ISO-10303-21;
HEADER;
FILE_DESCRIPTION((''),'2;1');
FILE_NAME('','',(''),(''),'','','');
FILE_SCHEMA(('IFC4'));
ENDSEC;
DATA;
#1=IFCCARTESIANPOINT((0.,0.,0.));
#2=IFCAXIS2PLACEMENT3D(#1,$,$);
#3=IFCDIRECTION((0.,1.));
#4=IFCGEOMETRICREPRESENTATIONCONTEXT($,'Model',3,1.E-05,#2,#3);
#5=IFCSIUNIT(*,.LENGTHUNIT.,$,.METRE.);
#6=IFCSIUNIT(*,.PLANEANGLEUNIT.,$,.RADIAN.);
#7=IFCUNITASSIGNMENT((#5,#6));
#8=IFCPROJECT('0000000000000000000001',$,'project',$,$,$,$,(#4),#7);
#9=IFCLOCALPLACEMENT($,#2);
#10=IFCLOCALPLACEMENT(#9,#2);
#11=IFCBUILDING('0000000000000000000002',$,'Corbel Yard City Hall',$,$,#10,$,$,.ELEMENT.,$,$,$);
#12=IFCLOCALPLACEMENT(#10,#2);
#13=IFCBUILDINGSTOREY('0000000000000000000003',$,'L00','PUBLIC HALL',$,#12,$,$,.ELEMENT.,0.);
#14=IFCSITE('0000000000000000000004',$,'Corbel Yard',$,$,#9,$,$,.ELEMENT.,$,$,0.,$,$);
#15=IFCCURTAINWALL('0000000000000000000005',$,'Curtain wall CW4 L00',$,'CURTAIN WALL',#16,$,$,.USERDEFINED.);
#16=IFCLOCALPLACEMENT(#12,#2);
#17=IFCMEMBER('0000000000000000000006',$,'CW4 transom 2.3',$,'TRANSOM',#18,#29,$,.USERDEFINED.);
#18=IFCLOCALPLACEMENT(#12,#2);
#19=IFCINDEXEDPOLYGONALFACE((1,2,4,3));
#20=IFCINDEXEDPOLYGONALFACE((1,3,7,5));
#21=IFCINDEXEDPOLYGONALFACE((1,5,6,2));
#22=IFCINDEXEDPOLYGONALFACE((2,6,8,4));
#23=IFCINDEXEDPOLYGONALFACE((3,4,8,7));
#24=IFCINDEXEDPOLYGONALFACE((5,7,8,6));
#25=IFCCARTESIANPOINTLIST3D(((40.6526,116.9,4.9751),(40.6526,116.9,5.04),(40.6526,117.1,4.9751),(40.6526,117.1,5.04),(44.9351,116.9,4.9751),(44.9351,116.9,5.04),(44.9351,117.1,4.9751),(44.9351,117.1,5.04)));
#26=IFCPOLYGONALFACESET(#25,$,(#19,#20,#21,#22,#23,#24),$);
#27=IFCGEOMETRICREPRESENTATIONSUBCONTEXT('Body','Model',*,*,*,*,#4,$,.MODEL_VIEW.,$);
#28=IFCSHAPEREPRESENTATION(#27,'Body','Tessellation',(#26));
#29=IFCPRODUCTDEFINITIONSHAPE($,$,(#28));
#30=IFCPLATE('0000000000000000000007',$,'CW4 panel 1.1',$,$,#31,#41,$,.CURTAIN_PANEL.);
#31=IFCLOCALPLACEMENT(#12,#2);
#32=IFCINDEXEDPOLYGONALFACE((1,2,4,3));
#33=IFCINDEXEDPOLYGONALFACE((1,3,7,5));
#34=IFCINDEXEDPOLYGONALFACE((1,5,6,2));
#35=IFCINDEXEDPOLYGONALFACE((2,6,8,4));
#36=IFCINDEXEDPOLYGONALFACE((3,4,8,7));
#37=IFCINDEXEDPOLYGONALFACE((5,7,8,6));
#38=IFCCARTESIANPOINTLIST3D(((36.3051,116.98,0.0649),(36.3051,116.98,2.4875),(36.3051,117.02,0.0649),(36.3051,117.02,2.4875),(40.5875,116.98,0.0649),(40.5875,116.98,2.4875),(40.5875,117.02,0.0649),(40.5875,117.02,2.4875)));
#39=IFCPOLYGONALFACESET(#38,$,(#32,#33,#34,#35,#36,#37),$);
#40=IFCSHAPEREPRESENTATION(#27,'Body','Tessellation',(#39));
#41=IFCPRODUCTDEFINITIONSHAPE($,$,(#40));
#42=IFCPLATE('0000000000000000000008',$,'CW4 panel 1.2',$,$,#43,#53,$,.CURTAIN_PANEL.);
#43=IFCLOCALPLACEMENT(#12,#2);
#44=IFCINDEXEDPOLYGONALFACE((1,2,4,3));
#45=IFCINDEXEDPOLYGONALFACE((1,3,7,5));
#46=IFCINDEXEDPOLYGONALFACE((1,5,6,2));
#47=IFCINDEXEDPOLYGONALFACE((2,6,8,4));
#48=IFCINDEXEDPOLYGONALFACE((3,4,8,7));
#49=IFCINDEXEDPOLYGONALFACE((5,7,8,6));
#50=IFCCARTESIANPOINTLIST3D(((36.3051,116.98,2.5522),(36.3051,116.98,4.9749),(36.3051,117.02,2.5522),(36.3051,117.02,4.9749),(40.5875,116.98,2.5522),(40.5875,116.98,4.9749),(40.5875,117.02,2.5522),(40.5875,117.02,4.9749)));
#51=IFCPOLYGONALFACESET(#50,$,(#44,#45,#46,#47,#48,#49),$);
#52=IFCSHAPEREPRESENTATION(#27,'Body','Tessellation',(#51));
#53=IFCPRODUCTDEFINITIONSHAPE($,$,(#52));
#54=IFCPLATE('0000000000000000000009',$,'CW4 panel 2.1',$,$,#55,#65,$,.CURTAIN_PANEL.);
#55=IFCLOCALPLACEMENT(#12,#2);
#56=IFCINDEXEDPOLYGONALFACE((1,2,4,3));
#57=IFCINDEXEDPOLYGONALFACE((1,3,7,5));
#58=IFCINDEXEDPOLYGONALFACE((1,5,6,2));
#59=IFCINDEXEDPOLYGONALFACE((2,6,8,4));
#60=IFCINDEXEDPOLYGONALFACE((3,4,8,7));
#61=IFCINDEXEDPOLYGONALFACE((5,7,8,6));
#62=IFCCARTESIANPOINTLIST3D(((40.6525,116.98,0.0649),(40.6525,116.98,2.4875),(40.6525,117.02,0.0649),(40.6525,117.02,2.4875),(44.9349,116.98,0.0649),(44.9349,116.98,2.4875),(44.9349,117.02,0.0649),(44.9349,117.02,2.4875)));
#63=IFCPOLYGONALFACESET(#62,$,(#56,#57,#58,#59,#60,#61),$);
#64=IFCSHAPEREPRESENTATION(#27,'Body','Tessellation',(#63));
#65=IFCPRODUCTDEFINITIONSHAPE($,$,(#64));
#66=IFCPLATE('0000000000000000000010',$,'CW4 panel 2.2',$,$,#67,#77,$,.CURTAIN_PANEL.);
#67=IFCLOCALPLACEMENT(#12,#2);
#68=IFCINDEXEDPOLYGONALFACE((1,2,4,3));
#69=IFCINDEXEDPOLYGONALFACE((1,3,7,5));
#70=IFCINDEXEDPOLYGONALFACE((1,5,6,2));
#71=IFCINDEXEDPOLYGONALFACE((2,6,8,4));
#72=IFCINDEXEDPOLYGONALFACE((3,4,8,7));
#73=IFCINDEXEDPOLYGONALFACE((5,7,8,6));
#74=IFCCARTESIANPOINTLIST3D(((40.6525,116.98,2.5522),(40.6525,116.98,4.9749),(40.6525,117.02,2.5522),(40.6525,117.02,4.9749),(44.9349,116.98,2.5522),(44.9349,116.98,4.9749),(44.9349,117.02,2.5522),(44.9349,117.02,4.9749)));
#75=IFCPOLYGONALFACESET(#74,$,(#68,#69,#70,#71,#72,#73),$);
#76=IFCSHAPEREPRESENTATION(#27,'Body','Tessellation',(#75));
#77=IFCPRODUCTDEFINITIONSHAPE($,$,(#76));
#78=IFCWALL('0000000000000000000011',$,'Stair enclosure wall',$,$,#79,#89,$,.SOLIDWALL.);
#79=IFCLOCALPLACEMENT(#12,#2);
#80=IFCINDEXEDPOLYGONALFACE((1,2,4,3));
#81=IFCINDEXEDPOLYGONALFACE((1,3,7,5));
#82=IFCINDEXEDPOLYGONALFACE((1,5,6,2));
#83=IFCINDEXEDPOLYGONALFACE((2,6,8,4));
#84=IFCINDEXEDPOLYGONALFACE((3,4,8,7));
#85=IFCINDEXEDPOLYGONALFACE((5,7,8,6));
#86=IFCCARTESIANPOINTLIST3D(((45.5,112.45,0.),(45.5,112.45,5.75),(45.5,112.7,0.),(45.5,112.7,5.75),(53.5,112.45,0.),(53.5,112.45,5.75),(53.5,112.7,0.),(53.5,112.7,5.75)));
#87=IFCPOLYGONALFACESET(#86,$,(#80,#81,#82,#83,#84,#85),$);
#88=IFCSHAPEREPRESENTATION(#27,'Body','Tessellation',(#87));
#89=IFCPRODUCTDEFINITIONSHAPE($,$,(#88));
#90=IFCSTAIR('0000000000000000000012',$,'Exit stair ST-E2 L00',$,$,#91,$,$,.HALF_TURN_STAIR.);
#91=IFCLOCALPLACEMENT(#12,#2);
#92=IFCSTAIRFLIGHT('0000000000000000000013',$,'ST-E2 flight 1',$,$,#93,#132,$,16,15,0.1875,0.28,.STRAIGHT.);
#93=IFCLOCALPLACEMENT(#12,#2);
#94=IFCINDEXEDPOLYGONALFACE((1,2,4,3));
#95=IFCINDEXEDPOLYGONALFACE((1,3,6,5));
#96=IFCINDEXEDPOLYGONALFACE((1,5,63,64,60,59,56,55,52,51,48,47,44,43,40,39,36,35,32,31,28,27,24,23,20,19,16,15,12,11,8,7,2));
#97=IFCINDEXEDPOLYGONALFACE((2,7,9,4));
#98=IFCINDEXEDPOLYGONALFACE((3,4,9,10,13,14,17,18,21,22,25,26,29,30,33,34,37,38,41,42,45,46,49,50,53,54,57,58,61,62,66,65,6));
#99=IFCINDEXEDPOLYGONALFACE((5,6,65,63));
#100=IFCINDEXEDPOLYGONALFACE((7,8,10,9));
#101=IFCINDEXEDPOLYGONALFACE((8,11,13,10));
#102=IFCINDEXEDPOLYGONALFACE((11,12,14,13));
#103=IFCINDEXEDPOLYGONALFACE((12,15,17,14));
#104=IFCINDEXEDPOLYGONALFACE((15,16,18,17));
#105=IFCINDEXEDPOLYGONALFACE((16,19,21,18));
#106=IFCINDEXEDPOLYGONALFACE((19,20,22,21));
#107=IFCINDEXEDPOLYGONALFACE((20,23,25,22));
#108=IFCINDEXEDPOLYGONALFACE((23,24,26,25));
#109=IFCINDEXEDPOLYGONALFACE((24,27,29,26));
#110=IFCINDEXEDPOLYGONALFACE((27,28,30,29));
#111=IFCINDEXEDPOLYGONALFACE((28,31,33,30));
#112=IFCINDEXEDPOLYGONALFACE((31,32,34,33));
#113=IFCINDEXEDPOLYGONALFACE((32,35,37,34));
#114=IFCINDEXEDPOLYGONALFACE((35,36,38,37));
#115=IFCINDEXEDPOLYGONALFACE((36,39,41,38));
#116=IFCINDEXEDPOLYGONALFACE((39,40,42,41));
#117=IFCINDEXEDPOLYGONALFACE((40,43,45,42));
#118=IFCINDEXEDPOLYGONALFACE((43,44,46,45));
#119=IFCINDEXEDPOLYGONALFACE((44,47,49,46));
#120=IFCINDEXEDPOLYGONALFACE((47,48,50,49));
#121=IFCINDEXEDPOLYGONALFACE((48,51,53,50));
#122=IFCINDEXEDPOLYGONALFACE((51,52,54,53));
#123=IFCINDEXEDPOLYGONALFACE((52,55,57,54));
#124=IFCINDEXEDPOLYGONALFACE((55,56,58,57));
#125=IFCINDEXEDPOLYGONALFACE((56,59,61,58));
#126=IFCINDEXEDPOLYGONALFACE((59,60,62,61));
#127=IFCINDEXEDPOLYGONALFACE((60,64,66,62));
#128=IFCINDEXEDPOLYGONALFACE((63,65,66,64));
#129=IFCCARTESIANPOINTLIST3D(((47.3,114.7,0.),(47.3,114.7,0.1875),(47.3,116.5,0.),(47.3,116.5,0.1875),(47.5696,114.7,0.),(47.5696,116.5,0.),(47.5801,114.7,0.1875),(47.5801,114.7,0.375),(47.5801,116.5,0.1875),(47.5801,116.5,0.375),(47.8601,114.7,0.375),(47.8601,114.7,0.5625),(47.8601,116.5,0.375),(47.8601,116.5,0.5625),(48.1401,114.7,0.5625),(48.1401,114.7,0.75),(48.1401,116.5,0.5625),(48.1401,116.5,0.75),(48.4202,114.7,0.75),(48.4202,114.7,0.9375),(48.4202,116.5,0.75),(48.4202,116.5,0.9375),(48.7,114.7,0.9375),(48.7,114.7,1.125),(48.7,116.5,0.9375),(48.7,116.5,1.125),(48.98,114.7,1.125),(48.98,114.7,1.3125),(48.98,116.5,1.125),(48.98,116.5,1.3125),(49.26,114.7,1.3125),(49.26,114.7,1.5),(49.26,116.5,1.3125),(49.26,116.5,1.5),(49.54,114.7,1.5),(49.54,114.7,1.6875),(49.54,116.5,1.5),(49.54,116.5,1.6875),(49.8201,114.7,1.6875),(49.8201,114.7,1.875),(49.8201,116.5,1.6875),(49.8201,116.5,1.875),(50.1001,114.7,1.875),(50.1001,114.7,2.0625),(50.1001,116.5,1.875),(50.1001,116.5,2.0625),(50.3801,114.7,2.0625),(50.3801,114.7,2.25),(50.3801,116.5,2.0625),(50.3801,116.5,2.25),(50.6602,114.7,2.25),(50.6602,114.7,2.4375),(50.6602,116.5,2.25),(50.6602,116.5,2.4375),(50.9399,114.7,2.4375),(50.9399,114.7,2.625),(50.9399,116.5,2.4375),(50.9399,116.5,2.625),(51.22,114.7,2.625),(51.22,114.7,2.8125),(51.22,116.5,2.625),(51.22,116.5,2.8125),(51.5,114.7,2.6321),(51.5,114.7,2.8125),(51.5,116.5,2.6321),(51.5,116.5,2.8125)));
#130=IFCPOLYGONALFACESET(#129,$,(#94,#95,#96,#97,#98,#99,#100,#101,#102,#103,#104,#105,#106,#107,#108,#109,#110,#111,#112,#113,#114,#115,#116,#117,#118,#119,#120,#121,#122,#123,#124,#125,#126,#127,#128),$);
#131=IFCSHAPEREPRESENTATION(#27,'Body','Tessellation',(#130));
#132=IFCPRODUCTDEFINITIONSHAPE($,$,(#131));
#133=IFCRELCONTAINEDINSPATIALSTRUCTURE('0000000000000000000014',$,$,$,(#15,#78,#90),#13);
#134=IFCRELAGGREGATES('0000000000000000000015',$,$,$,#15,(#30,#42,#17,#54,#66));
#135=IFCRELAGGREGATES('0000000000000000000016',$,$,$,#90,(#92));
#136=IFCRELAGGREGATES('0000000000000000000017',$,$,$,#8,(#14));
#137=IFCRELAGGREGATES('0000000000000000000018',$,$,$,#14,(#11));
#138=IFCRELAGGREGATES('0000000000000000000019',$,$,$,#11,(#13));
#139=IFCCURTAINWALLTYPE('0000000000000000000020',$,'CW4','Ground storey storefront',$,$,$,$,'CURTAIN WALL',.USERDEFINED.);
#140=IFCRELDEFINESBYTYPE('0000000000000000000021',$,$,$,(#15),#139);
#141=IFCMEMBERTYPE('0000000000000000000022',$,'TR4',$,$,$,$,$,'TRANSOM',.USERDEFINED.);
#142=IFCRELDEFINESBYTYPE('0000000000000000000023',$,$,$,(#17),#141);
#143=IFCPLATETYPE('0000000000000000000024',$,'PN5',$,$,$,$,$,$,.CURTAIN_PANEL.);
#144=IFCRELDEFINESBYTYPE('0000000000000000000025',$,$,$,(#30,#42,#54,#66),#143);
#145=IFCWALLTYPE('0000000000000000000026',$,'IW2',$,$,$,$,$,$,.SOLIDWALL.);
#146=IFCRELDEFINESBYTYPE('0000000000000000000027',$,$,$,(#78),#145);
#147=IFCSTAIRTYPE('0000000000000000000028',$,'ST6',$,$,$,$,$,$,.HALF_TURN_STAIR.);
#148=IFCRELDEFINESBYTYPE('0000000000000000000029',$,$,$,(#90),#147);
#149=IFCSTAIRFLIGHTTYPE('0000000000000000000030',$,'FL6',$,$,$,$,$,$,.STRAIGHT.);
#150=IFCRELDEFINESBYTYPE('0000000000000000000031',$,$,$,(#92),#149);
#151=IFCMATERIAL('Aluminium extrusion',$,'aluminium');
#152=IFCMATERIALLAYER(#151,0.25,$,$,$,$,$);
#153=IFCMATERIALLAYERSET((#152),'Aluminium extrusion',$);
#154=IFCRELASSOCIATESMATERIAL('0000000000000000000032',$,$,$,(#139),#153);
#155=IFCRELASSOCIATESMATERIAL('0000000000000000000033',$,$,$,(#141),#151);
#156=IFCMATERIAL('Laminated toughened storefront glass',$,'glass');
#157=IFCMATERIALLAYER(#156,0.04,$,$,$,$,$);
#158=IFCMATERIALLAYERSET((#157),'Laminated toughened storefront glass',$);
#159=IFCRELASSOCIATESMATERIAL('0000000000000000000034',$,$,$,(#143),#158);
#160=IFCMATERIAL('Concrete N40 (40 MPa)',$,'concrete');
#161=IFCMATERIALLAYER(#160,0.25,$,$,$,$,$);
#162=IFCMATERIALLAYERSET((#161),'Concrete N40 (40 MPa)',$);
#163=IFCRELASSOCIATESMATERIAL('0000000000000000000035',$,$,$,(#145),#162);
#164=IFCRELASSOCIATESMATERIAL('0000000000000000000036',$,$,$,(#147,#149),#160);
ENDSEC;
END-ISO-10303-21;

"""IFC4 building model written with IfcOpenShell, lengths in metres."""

from ifc_helpers import new_model, si_unit, direction, frame, frame_2d, origin, origin_2d, place, context, subcontext, project, spatial, polyline, rectangle, outline, extrude, material, layer, layer_set, material_profile, profile_set, type_object, element, aggregate, save


model = new_model("IFC4")

# Units and contexts
model_context = context("Model", 3, precision=1e-05, world=origin(), true_north=direction((0.0, 1.0)))
body_context = subcontext(model_context, "Body", "Model", "MODEL_VIEW")
ifc_project = project(units=[si_unit("LENGTHUNIT", "METRE"), si_unit("PLANEANGLEUNIT", "RADIAN")], contexts=[model_context])

# Site, building, storey
site_placement = place(None, origin())
site = spatial("IfcSite", under=ifc_project, at=site_placement, Name="Corbel Yard", CompositionType="ELEMENT", RefElevation=0.0)
building_placement = place(site_placement, origin())
building = spatial("IfcBuilding", under=site, at=building_placement, Name="Corbel Yard City Hall", CompositionType="ELEMENT")
storey_placement = place(building_placement, origin())
storey = spatial("IfcBuildingStorey", under=building, at=storey_placement, Name="L00", Description="PUBLIC HALL", CompositionType="ELEMENT", Elevation=0.0)

# Curtain wall, member, plates
ifc_material_1 = material(Name="Aluminium extrusion", Category="aluminium")
ifc_layer_1 = layer(ifc_material_1, 0.25)
ifc_layer_set_1 = layer_set([ifc_layer_1], Name="Aluminium extrusion")
curtain_wall_type = type_object("IfcCurtainWallType", Name="CW4", Description="Ground storey storefront", ElementType="CURTAIN WALL", PredefinedType="USERDEFINED", material=ifc_layer_set_1)
curtain_wall_placement = place(storey_placement, origin())
curtain_wall = element("IfcCurtainWall", 1, at=curtain_wall_placement, inside=storey, type_object=curtain_wall_type, Name="Curtain wall CW4 L00", ObjectType="CURTAIN WALL", PredefinedType="USERDEFINED")
ifc_material_profile_1 = material_profile(ifc_material_1, rectangle(XDim=0.2, YDim=0.0649, at=origin_2d()), Name="200x65")
ifc_profile_set_1 = profile_set([ifc_material_profile_1], Name="Aluminium extrusion")
member_type_1 = type_object("IfcMemberType", Name="TR4", ElementType="TRANSOM", PredefinedType="USERDEFINED", material=ifc_profile_set_1)
member_1_placement = place(storey_placement, frame((40.6526, 117.0, 5.0076), z_axis=(1.0, 0.0, 0.0), x_axis=(0.0, 1.0, 0.0)))
member_1 = element("IfcMember", 2, at=member_1_placement, type_object=member_type_1, Name="CW4 transom 2.3", ObjectType="TRANSOM", PredefinedType="USERDEFINED", context=body_context, shape_type="SweptSolid", body=[
    extrude(rectangle(XDim=0.2, YDim=0.0649, at=origin_2d()), origin(), (0.0, 0.0, 1.0), 4.2825),
])
ifc_material_2 = material(Name="Laminated toughened storefront glass", Category="glass")
ifc_layer_2 = layer(ifc_material_2, 0.04)
ifc_layer_set_2 = layer_set([ifc_layer_2], Name="Laminated toughened storefront glass")
plate_type = type_object("IfcPlateType", Name="PN5", PredefinedType="CURTAIN_PANEL", material=ifc_layer_set_2)
plate_1_placement = place(storey_placement, frame((38.4463, 117.0, 0.0649), z_axis=(0.0, 0.0, 1.0), x_axis=(1.0, 0.0, 0.0)))
plate_1 = element("IfcPlate", 3, at=plate_1_placement, type_object=plate_type, Name="CW4 panel 1.1", PredefinedType="CURTAIN_PANEL", context=body_context, shape_type="SweptSolid", body=[
    extrude(rectangle(XDim=4.2825, YDim=0.04, at=origin_2d()), origin(), (0.0, 0.0, 1.0), 2.4226),
])
plate_2_placement = place(storey_placement, frame((38.4463, 117.0, 2.5522), z_axis=(0.0, 0.0, 1.0), x_axis=(1.0, 0.0, 0.0)))
plate_2 = element("IfcPlate", 4, at=plate_2_placement, type_object=plate_type, Name="CW4 panel 1.2", PredefinedType="CURTAIN_PANEL", context=body_context, shape_type="SweptSolid", body=[
    extrude(rectangle(XDim=4.2825, YDim=0.04, at=origin_2d()), origin(), (0.0, 0.0, 1.0), 2.4226),
])
plate_3_placement = place(storey_placement, frame((42.7937, 117.0, 0.0649), z_axis=(0.0, 0.0, 1.0), x_axis=(1.0, 0.0, 0.0)))
plate_3 = element("IfcPlate", 5, at=plate_3_placement, type_object=plate_type, Name="CW4 panel 2.1", PredefinedType="CURTAIN_PANEL", context=body_context, shape_type="SweptSolid", body=[
    extrude(rectangle(XDim=4.2825, YDim=0.04, at=origin_2d()), origin(), (0.0, 0.0, 1.0), 2.4226),
])
plate_4_placement = place(storey_placement, frame((42.7937, 117.0, 2.5522), z_axis=(0.0, 0.0, 1.0), x_axis=(1.0, 0.0, 0.0)))
plate_4 = element("IfcPlate", 6, at=plate_4_placement, type_object=plate_type, Name="CW4 panel 2.2", PredefinedType="CURTAIN_PANEL", context=body_context, shape_type="SweptSolid", body=[
    extrude(rectangle(XDim=4.2825, YDim=0.04, at=origin_2d()), origin(), (0.0, 0.0, 1.0), 2.4226),
])
aggregate(curtain_wall, [plate_1, plate_2, member_1, plate_3, plate_4])

# Wall
ifc_material_3 = material(Name="Concrete N40 (40 MPa)", Category="concrete")
ifc_layer_3 = layer(ifc_material_3, 0.25)
ifc_layer_set_3 = layer_set([ifc_layer_3], Name="Concrete N40 (40 MPa)")
wall_type_1 = type_object("IfcWallType", Name="IW2", PredefinedType="SOLIDWALL", material=ifc_layer_set_3)
wall_1_placement = place(storey_placement, frame((45.5, 112.575, 0.0), z_axis=(0.0, 0.0, 1.0), x_axis=(1.0, 0.0, 0.0)))
element("IfcWall", 7, at=wall_1_placement, inside=storey, type_object=wall_type_1, Name="Stair enclosure wall", PredefinedType="SOLIDWALL", context=body_context, shape_type="SweptSolid", body=[
    extrude(rectangle(XDim=8.0, YDim=0.25, at=frame_2d((4.0, 0.0))), origin(), (0.0, 0.0, 1.0), 5.75),
])

# Stair, stair flight
stair_type = type_object("IfcStairType", Name="ST6", PredefinedType="HALF_TURN_STAIR", material=ifc_material_3)
stair_placement = place(storey_placement, origin())
stair = element("IfcStair", 8, at=stair_placement, inside=storey, type_object=stair_type, Name="Exit stair ST-E2 L00", PredefinedType="HALF_TURN_STAIR")
stair_flight_type = type_object("IfcStairFlightType", Name="FL6", PredefinedType="STRAIGHT", material=ifc_material_3)
stair_flight_placement = place(storey_placement, frame((47.3, 115.6001, 0.0), z_axis=(0.0, 0.0, 1.0), x_axis=(1.0, 0.0, 0.0)))
stair_flight = element("IfcStairFlight", 9, at=stair_flight_placement, type_object=stair_flight_type, Name="ST-E2 flight 1", NumberOfRisers=16, NumberOfTreads=15, PredefinedType="STRAIGHT", RiserHeight=0.1875, TreadLength=0.28, context=body_context, shape_type="SweptSolid", body=[
    extrude(outline(polyline([(0.0, 0.0), (0.0, 0.1875), (0.28, 0.1875), (0.28, 0.375), (0.5601, 0.375), (0.5601, 0.5625), (0.8401, 0.5625), (0.8401, 0.75), (1.1201, 0.75), (1.1201, 0.9375), (1.3999, 0.9375), (1.3999, 1.125), (1.6799, 1.125), (1.6799, 1.3125), (1.96, 1.3125), (1.96, 1.5), (2.24, 1.5), (2.24, 1.6875), (2.52, 1.6875), (2.52, 1.875), (2.8, 1.875), (2.8, 2.0625), (3.0801, 2.0625), (3.0801, 2.25), (3.3601, 2.25), (3.3601, 2.4375), (3.6399, 2.4375), (3.6399, 2.625), (3.9199, 2.625), (3.9199, 2.8125), (4.2, 2.8125), (4.2, 3.0), (4.2, 2.6321), (0.2695, 0.0), (0.0, 0.0)])), frame((0.0, 0.8999, 0.0), z_axis=(0.0, -1.0, 0.0), x_axis=(1.0, 0.0, 0.0)), (0.0, 0.0, 1.0), 1.8),
])
aggregate(stair, [stair_flight])

save(model, "model.ifc")
